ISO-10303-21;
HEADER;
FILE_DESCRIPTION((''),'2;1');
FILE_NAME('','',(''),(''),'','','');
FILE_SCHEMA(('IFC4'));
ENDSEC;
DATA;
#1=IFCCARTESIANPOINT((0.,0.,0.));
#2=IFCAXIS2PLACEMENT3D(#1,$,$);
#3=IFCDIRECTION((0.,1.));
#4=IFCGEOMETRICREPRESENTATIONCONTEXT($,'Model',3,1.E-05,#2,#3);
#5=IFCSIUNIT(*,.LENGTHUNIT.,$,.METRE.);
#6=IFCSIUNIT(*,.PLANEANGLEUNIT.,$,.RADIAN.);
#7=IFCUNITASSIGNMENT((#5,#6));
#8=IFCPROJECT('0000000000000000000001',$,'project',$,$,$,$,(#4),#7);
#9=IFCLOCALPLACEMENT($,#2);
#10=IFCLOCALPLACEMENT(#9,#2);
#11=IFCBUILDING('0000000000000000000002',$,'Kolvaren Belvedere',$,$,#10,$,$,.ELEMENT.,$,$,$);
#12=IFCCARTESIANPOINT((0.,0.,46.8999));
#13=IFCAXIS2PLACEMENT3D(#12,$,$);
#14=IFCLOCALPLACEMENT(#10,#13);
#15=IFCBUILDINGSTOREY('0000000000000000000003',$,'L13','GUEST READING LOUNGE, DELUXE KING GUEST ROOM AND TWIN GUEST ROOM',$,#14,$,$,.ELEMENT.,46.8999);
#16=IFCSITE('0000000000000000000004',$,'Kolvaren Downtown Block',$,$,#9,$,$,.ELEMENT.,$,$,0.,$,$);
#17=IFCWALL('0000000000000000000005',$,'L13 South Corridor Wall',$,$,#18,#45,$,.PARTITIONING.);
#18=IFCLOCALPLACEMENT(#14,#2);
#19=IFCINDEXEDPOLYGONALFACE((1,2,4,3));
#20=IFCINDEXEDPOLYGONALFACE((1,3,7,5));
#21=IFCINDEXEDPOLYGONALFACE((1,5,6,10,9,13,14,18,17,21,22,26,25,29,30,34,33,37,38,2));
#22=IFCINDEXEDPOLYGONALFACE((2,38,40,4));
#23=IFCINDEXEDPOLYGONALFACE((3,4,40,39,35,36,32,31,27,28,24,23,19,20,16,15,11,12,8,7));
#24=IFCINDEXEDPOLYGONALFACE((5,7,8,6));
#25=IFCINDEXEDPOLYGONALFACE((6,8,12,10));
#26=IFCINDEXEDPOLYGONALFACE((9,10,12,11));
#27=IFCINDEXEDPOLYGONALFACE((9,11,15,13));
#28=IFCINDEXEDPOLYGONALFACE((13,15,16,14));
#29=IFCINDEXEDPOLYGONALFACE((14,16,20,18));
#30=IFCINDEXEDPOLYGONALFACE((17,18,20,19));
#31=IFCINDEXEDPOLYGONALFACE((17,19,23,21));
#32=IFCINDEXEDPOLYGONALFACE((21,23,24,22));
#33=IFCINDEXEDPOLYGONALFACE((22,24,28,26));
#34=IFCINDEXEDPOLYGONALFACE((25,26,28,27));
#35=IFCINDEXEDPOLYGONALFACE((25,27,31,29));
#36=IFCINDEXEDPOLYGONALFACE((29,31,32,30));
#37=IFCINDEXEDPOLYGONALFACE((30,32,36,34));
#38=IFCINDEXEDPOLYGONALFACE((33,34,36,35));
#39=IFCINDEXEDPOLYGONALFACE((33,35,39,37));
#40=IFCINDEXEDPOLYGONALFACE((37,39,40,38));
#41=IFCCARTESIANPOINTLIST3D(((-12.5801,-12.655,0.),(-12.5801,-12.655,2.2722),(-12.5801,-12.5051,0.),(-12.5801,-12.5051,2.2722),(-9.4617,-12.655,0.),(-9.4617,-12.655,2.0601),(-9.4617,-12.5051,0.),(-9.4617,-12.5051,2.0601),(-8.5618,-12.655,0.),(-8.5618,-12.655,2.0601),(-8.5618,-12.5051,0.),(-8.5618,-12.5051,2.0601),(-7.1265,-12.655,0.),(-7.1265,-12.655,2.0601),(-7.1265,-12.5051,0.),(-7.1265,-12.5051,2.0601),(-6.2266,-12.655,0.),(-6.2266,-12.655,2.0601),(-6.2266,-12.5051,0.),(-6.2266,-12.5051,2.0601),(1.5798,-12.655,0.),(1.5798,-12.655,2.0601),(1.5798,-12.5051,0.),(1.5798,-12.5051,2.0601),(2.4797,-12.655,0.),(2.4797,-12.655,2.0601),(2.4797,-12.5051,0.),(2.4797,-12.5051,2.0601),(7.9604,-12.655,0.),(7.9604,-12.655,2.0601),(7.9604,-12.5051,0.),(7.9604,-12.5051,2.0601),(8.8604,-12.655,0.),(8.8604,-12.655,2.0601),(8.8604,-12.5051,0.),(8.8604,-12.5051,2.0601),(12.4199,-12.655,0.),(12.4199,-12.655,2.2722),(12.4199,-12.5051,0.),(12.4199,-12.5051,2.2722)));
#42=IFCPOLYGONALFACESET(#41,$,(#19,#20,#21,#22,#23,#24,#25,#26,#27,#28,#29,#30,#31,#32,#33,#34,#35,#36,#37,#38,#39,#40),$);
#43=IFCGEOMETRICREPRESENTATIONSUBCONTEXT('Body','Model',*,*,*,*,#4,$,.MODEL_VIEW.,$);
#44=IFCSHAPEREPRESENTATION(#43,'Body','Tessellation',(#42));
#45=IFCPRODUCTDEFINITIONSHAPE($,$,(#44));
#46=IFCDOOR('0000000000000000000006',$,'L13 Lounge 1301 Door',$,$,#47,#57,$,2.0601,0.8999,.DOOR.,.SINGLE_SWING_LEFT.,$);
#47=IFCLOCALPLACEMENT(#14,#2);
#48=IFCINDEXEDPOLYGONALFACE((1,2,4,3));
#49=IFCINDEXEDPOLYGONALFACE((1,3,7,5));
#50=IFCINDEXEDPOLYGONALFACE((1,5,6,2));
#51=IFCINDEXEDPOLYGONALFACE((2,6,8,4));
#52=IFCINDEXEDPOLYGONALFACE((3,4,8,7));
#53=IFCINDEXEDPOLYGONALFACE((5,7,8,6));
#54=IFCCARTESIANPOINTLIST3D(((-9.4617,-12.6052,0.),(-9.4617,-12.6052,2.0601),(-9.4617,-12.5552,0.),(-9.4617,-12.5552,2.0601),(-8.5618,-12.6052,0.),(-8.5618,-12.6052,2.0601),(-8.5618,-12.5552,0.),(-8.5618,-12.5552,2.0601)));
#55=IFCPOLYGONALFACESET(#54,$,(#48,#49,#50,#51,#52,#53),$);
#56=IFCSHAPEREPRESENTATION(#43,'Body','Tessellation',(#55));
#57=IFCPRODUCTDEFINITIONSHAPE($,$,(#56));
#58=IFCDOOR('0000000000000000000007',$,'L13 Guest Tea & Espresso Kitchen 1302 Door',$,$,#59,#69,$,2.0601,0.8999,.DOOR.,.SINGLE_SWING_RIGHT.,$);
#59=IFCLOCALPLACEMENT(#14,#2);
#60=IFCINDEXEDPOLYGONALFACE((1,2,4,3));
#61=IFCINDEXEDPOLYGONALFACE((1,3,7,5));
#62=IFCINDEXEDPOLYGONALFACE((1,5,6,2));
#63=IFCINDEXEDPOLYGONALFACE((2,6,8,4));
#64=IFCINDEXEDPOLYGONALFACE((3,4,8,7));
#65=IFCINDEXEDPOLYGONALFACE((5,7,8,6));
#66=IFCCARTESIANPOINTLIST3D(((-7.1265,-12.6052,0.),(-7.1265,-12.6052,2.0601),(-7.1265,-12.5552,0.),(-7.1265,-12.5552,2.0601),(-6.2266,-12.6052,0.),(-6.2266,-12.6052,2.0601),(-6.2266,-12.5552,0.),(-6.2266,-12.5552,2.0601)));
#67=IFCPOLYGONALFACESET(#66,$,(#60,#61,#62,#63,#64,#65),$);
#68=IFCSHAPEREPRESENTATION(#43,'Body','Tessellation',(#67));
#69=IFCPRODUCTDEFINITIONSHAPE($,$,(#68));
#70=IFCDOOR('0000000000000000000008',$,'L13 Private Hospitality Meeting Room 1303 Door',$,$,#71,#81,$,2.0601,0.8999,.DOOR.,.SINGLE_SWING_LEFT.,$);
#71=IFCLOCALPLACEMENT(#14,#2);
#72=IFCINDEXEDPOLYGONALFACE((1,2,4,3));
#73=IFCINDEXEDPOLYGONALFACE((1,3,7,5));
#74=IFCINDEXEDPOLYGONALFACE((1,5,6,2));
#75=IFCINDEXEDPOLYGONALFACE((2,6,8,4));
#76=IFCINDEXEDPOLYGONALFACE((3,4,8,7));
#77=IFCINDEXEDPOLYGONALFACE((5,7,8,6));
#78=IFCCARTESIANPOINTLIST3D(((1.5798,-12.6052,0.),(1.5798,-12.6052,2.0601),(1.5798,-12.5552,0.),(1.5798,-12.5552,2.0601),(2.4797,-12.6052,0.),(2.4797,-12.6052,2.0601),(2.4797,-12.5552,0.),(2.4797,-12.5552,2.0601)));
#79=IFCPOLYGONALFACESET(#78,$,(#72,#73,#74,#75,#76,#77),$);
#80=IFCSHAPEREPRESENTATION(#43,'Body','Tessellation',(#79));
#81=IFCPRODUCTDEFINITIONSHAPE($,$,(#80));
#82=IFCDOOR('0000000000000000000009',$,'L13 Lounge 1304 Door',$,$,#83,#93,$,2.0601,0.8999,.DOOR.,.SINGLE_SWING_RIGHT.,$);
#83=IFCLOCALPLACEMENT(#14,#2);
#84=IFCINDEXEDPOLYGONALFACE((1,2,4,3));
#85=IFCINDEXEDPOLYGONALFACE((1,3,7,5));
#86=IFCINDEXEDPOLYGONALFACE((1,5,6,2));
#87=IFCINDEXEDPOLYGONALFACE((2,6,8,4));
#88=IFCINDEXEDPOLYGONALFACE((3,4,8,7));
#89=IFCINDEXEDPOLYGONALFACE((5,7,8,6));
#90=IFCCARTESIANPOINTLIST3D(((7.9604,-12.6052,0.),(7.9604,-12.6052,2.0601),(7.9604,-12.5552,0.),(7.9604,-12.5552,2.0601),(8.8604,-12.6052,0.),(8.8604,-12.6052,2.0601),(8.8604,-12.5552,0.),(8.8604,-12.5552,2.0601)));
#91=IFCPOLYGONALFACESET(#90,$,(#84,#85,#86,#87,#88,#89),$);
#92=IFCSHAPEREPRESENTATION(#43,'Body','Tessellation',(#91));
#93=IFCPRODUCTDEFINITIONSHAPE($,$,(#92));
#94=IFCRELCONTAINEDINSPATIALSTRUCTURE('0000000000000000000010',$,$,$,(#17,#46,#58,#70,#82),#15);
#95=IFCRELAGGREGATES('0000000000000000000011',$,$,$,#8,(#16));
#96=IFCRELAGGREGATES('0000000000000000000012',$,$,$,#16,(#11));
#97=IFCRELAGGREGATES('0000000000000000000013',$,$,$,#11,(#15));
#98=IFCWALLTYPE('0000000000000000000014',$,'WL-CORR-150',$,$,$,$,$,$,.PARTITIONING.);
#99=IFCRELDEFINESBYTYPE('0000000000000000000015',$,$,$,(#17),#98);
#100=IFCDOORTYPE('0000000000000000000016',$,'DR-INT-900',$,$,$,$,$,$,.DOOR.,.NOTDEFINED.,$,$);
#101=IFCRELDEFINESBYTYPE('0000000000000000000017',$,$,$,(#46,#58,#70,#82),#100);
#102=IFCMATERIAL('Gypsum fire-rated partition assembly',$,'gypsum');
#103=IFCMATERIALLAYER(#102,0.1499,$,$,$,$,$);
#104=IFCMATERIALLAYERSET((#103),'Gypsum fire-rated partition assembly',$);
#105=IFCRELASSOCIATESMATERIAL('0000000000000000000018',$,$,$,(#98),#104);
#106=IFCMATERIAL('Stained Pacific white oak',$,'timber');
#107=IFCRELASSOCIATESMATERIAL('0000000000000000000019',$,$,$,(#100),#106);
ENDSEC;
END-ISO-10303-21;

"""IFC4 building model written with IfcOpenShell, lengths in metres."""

from ifc_helpers import new_model, si_unit, direction, frame, frame_2d, origin, place, context, subcontext, project, spatial, rectangle, extrude, material, layer, layer_set, type_object, element, fill, save


model = new_model("IFC4")

# Units and contexts
model_context = context("Model", 3, precision=1e-05, world=origin(), true_north=direction((0.0, 1.0)))
body_context = subcontext(model_context, "Body", "Model", "MODEL_VIEW")
ifc_project = project(units=[si_unit("LENGTHUNIT", "METRE"), si_unit("PLANEANGLEUNIT", "RADIAN")], contexts=[model_context])

# Site, building, storey
site_placement = place(None, origin())
site = spatial("IfcSite", under=ifc_project, at=site_placement, Name="Kolvaren Downtown Block", CompositionType="ELEMENT", RefElevation=0.0)
building_placement = place(site_placement, origin())
building = spatial("IfcBuilding", under=site, at=building_placement, Name="Kolvaren Belvedere", CompositionType="ELEMENT")
storey_placement = place(building_placement, frame((0.0, 0.0, 46.8999)))
storey = spatial("IfcBuildingStorey", under=building, at=storey_placement, Name="L13", Description="GUEST READING LOUNGE, DELUXE KING GUEST ROOM AND TWIN GUEST ROOM", CompositionType="ELEMENT", Elevation=46.8999)

# Wall, openings, doors
ifc_material_1 = material(Name="Gypsum fire-rated partition assembly", Category="gypsum")
ifc_layer_1 = layer(ifc_material_1, 0.1499)
ifc_layer_set_1 = layer_set([ifc_layer_1], Name="Gypsum fire-rated partition assembly")
wall_type_1 = type_object("IfcWallType", Name="WL-CORR-150", PredefinedType="PARTITIONING", material=ifc_layer_set_1)
wall_1_placement = place(storey_placement, frame((-12.5801, -12.5801, 0.0), z_axis=(0.0, 0.0, 1.0), x_axis=(1.0, 0.0, 0.0)))
wall_1 = element("IfcWall", 1, at=wall_1_placement, inside=storey, type_object=wall_type_1, Name="L13 South Corridor Wall", PredefinedType="PARTITIONING", context=body_context, shape_type="SweptSolid", body=[
    extrude(rectangle(XDim=25.0, YDim=0.1499, at=frame_2d((12.5, 0.0))), origin(), (0.0, 0.0, 1.0), 2.2722),
])
opening_1_placement = place(wall_1_placement, frame((3.1184, 0.0, 0.0)))
opening_1 = element("IfcOpeningElement", 2, at=opening_1_placement, cuts=wall_1, PredefinedType="OPENING", context=body_context, shape_type="SweptSolid", body=[
    extrude(rectangle(XDim=0.8999, YDim=2.0601, at=frame_2d((0.45, 1.03))), frame((0.0, 0.085, 0.0), z_axis=(0.0, -1.0, 0.0), x_axis=(1.0, 0.0, 0.0)), (0.0, 0.0, 1.0), 0.1699),
])
opening_2_placement = place(wall_1_placement, frame((5.4536, 0.0, 0.0)))
opening_2 = element("IfcOpeningElement", 3, at=opening_2_placement, cuts=wall_1, PredefinedType="OPENING", context=body_context, shape_type="SweptSolid", body=[
    extrude(rectangle(XDim=0.8999, YDim=2.0601, at=frame_2d((0.45, 1.03))), frame((0.0, 0.085, 0.0), z_axis=(0.0, -1.0, 0.0), x_axis=(1.0, 0.0, 0.0)), (0.0, 0.0, 1.0), 0.1699),
])
opening_3_placement = place(wall_1_placement, frame((14.1599, 0.0, 0.0)))
opening_3 = element("IfcOpeningElement", 4, at=opening_3_placement, cuts=wall_1, PredefinedType="OPENING", context=body_context, shape_type="SweptSolid", body=[
    extrude(rectangle(XDim=0.8999, YDim=2.0601, at=frame_2d((0.45, 1.03))), frame((0.0, 0.085, 0.0), z_axis=(0.0, -1.0, 0.0), x_axis=(1.0, 0.0, 0.0)), (0.0, 0.0, 1.0), 0.1699),
])
opening_4_placement = place(wall_1_placement, frame((20.5405, 0.0, 0.0)))
opening_4 = element("IfcOpeningElement", 5, at=opening_4_placement, cuts=wall_1, PredefinedType="OPENING", context=body_context, shape_type="SweptSolid", body=[
    extrude(rectangle(XDim=0.8999, YDim=2.0601, at=frame_2d((0.45, 1.03))), frame((0.0, 0.085, 0.0), z_axis=(0.0, -1.0, 0.0), x_axis=(1.0, 0.0, 0.0)), (0.0, 0.0, 1.0), 0.1699),
])
ifc_material_2 = material(Name="Stained Pacific white oak", Category="timber")
door_type_1 = type_object("IfcDoorType", Name="DR-INT-900", OperationType="NOTDEFINED", PredefinedType="DOOR", material=ifc_material_2)
door_1_placement = place(opening_1_placement, origin())
door_1 = element("IfcDoor", 6, at=door_1_placement, inside=storey, type_object=door_type_1, Name="L13 Lounge 1301 Door", OperationType="SINGLE_SWING_LEFT", OverallHeight=2.0601, OverallWidth=0.8999, PredefinedType="DOOR", context=body_context, shape_type="SweptSolid", body=[
    extrude(rectangle(XDim=0.8999, YDim=2.0601, at=frame_2d((0.45, 1.03))), frame((0.0, 0.0249, 0.0), z_axis=(0.0, -1.0, 0.0), x_axis=(1.0, 0.0, 0.0)), (0.0, 0.0, 1.0), 0.05),
])
fill(opening_1, door_1)
door_2_placement = place(opening_2_placement, origin())
door_2 = element("IfcDoor", 7, at=door_2_placement, inside=storey, type_object=door_type_1, Name="L13 Guest Tea & Espresso Kitchen 1302 Door", OperationType="SINGLE_SWING_RIGHT", OverallHeight=2.0601, OverallWidth=0.8999, PredefinedType="DOOR", context=body_context, shape_type="SweptSolid", body=[
    extrude(rectangle(XDim=0.8999, YDim=2.0601, at=frame_2d((0.45, 1.03))), frame((0.0, 0.0249, 0.0), z_axis=(0.0, -1.0, 0.0), x_axis=(1.0, 0.0, 0.0)), (0.0, 0.0, 1.0), 0.05),
])
fill(opening_2, door_2)
door_3_placement = place(opening_3_placement, origin())
door_3 = element("IfcDoor", 8, at=door_3_placement, inside=storey, type_object=door_type_1, Name="L13 Private Hospitality Meeting Room 1303 Door", OperationType="SINGLE_SWING_LEFT", OverallHeight=2.0601, OverallWidth=0.8999, PredefinedType="DOOR", context=body_context, shape_type="SweptSolid", body=[
    extrude(rectangle(XDim=0.8999, YDim=2.0601, at=frame_2d((0.45, 1.03))), frame((0.0, 0.0249, 0.0), z_axis=(0.0, -1.0, 0.0), x_axis=(1.0, 0.0, 0.0)), (0.0, 0.0, 1.0), 0.05),
])
fill(opening_3, door_3)
door_4_placement = place(opening_4_placement, origin())
door_4 = element("IfcDoor", 9, at=door_4_placement, inside=storey, type_object=door_type_1, Name="L13 Lounge 1304 Door", OperationType="SINGLE_SWING_RIGHT", OverallHeight=2.0601, OverallWidth=0.8999, PredefinedType="DOOR", context=body_context, shape_type="SweptSolid", body=[
    extrude(rectangle(XDim=0.8999, YDim=2.0601, at=frame_2d((0.45, 1.03))), frame((0.0, 0.0249, 0.0), z_axis=(0.0, -1.0, 0.0), x_axis=(1.0, 0.0, 0.0)), (0.0, 0.0, 1.0), 0.05),
])
fill(opening_4, door_4)

save(model, "model.ifc")
